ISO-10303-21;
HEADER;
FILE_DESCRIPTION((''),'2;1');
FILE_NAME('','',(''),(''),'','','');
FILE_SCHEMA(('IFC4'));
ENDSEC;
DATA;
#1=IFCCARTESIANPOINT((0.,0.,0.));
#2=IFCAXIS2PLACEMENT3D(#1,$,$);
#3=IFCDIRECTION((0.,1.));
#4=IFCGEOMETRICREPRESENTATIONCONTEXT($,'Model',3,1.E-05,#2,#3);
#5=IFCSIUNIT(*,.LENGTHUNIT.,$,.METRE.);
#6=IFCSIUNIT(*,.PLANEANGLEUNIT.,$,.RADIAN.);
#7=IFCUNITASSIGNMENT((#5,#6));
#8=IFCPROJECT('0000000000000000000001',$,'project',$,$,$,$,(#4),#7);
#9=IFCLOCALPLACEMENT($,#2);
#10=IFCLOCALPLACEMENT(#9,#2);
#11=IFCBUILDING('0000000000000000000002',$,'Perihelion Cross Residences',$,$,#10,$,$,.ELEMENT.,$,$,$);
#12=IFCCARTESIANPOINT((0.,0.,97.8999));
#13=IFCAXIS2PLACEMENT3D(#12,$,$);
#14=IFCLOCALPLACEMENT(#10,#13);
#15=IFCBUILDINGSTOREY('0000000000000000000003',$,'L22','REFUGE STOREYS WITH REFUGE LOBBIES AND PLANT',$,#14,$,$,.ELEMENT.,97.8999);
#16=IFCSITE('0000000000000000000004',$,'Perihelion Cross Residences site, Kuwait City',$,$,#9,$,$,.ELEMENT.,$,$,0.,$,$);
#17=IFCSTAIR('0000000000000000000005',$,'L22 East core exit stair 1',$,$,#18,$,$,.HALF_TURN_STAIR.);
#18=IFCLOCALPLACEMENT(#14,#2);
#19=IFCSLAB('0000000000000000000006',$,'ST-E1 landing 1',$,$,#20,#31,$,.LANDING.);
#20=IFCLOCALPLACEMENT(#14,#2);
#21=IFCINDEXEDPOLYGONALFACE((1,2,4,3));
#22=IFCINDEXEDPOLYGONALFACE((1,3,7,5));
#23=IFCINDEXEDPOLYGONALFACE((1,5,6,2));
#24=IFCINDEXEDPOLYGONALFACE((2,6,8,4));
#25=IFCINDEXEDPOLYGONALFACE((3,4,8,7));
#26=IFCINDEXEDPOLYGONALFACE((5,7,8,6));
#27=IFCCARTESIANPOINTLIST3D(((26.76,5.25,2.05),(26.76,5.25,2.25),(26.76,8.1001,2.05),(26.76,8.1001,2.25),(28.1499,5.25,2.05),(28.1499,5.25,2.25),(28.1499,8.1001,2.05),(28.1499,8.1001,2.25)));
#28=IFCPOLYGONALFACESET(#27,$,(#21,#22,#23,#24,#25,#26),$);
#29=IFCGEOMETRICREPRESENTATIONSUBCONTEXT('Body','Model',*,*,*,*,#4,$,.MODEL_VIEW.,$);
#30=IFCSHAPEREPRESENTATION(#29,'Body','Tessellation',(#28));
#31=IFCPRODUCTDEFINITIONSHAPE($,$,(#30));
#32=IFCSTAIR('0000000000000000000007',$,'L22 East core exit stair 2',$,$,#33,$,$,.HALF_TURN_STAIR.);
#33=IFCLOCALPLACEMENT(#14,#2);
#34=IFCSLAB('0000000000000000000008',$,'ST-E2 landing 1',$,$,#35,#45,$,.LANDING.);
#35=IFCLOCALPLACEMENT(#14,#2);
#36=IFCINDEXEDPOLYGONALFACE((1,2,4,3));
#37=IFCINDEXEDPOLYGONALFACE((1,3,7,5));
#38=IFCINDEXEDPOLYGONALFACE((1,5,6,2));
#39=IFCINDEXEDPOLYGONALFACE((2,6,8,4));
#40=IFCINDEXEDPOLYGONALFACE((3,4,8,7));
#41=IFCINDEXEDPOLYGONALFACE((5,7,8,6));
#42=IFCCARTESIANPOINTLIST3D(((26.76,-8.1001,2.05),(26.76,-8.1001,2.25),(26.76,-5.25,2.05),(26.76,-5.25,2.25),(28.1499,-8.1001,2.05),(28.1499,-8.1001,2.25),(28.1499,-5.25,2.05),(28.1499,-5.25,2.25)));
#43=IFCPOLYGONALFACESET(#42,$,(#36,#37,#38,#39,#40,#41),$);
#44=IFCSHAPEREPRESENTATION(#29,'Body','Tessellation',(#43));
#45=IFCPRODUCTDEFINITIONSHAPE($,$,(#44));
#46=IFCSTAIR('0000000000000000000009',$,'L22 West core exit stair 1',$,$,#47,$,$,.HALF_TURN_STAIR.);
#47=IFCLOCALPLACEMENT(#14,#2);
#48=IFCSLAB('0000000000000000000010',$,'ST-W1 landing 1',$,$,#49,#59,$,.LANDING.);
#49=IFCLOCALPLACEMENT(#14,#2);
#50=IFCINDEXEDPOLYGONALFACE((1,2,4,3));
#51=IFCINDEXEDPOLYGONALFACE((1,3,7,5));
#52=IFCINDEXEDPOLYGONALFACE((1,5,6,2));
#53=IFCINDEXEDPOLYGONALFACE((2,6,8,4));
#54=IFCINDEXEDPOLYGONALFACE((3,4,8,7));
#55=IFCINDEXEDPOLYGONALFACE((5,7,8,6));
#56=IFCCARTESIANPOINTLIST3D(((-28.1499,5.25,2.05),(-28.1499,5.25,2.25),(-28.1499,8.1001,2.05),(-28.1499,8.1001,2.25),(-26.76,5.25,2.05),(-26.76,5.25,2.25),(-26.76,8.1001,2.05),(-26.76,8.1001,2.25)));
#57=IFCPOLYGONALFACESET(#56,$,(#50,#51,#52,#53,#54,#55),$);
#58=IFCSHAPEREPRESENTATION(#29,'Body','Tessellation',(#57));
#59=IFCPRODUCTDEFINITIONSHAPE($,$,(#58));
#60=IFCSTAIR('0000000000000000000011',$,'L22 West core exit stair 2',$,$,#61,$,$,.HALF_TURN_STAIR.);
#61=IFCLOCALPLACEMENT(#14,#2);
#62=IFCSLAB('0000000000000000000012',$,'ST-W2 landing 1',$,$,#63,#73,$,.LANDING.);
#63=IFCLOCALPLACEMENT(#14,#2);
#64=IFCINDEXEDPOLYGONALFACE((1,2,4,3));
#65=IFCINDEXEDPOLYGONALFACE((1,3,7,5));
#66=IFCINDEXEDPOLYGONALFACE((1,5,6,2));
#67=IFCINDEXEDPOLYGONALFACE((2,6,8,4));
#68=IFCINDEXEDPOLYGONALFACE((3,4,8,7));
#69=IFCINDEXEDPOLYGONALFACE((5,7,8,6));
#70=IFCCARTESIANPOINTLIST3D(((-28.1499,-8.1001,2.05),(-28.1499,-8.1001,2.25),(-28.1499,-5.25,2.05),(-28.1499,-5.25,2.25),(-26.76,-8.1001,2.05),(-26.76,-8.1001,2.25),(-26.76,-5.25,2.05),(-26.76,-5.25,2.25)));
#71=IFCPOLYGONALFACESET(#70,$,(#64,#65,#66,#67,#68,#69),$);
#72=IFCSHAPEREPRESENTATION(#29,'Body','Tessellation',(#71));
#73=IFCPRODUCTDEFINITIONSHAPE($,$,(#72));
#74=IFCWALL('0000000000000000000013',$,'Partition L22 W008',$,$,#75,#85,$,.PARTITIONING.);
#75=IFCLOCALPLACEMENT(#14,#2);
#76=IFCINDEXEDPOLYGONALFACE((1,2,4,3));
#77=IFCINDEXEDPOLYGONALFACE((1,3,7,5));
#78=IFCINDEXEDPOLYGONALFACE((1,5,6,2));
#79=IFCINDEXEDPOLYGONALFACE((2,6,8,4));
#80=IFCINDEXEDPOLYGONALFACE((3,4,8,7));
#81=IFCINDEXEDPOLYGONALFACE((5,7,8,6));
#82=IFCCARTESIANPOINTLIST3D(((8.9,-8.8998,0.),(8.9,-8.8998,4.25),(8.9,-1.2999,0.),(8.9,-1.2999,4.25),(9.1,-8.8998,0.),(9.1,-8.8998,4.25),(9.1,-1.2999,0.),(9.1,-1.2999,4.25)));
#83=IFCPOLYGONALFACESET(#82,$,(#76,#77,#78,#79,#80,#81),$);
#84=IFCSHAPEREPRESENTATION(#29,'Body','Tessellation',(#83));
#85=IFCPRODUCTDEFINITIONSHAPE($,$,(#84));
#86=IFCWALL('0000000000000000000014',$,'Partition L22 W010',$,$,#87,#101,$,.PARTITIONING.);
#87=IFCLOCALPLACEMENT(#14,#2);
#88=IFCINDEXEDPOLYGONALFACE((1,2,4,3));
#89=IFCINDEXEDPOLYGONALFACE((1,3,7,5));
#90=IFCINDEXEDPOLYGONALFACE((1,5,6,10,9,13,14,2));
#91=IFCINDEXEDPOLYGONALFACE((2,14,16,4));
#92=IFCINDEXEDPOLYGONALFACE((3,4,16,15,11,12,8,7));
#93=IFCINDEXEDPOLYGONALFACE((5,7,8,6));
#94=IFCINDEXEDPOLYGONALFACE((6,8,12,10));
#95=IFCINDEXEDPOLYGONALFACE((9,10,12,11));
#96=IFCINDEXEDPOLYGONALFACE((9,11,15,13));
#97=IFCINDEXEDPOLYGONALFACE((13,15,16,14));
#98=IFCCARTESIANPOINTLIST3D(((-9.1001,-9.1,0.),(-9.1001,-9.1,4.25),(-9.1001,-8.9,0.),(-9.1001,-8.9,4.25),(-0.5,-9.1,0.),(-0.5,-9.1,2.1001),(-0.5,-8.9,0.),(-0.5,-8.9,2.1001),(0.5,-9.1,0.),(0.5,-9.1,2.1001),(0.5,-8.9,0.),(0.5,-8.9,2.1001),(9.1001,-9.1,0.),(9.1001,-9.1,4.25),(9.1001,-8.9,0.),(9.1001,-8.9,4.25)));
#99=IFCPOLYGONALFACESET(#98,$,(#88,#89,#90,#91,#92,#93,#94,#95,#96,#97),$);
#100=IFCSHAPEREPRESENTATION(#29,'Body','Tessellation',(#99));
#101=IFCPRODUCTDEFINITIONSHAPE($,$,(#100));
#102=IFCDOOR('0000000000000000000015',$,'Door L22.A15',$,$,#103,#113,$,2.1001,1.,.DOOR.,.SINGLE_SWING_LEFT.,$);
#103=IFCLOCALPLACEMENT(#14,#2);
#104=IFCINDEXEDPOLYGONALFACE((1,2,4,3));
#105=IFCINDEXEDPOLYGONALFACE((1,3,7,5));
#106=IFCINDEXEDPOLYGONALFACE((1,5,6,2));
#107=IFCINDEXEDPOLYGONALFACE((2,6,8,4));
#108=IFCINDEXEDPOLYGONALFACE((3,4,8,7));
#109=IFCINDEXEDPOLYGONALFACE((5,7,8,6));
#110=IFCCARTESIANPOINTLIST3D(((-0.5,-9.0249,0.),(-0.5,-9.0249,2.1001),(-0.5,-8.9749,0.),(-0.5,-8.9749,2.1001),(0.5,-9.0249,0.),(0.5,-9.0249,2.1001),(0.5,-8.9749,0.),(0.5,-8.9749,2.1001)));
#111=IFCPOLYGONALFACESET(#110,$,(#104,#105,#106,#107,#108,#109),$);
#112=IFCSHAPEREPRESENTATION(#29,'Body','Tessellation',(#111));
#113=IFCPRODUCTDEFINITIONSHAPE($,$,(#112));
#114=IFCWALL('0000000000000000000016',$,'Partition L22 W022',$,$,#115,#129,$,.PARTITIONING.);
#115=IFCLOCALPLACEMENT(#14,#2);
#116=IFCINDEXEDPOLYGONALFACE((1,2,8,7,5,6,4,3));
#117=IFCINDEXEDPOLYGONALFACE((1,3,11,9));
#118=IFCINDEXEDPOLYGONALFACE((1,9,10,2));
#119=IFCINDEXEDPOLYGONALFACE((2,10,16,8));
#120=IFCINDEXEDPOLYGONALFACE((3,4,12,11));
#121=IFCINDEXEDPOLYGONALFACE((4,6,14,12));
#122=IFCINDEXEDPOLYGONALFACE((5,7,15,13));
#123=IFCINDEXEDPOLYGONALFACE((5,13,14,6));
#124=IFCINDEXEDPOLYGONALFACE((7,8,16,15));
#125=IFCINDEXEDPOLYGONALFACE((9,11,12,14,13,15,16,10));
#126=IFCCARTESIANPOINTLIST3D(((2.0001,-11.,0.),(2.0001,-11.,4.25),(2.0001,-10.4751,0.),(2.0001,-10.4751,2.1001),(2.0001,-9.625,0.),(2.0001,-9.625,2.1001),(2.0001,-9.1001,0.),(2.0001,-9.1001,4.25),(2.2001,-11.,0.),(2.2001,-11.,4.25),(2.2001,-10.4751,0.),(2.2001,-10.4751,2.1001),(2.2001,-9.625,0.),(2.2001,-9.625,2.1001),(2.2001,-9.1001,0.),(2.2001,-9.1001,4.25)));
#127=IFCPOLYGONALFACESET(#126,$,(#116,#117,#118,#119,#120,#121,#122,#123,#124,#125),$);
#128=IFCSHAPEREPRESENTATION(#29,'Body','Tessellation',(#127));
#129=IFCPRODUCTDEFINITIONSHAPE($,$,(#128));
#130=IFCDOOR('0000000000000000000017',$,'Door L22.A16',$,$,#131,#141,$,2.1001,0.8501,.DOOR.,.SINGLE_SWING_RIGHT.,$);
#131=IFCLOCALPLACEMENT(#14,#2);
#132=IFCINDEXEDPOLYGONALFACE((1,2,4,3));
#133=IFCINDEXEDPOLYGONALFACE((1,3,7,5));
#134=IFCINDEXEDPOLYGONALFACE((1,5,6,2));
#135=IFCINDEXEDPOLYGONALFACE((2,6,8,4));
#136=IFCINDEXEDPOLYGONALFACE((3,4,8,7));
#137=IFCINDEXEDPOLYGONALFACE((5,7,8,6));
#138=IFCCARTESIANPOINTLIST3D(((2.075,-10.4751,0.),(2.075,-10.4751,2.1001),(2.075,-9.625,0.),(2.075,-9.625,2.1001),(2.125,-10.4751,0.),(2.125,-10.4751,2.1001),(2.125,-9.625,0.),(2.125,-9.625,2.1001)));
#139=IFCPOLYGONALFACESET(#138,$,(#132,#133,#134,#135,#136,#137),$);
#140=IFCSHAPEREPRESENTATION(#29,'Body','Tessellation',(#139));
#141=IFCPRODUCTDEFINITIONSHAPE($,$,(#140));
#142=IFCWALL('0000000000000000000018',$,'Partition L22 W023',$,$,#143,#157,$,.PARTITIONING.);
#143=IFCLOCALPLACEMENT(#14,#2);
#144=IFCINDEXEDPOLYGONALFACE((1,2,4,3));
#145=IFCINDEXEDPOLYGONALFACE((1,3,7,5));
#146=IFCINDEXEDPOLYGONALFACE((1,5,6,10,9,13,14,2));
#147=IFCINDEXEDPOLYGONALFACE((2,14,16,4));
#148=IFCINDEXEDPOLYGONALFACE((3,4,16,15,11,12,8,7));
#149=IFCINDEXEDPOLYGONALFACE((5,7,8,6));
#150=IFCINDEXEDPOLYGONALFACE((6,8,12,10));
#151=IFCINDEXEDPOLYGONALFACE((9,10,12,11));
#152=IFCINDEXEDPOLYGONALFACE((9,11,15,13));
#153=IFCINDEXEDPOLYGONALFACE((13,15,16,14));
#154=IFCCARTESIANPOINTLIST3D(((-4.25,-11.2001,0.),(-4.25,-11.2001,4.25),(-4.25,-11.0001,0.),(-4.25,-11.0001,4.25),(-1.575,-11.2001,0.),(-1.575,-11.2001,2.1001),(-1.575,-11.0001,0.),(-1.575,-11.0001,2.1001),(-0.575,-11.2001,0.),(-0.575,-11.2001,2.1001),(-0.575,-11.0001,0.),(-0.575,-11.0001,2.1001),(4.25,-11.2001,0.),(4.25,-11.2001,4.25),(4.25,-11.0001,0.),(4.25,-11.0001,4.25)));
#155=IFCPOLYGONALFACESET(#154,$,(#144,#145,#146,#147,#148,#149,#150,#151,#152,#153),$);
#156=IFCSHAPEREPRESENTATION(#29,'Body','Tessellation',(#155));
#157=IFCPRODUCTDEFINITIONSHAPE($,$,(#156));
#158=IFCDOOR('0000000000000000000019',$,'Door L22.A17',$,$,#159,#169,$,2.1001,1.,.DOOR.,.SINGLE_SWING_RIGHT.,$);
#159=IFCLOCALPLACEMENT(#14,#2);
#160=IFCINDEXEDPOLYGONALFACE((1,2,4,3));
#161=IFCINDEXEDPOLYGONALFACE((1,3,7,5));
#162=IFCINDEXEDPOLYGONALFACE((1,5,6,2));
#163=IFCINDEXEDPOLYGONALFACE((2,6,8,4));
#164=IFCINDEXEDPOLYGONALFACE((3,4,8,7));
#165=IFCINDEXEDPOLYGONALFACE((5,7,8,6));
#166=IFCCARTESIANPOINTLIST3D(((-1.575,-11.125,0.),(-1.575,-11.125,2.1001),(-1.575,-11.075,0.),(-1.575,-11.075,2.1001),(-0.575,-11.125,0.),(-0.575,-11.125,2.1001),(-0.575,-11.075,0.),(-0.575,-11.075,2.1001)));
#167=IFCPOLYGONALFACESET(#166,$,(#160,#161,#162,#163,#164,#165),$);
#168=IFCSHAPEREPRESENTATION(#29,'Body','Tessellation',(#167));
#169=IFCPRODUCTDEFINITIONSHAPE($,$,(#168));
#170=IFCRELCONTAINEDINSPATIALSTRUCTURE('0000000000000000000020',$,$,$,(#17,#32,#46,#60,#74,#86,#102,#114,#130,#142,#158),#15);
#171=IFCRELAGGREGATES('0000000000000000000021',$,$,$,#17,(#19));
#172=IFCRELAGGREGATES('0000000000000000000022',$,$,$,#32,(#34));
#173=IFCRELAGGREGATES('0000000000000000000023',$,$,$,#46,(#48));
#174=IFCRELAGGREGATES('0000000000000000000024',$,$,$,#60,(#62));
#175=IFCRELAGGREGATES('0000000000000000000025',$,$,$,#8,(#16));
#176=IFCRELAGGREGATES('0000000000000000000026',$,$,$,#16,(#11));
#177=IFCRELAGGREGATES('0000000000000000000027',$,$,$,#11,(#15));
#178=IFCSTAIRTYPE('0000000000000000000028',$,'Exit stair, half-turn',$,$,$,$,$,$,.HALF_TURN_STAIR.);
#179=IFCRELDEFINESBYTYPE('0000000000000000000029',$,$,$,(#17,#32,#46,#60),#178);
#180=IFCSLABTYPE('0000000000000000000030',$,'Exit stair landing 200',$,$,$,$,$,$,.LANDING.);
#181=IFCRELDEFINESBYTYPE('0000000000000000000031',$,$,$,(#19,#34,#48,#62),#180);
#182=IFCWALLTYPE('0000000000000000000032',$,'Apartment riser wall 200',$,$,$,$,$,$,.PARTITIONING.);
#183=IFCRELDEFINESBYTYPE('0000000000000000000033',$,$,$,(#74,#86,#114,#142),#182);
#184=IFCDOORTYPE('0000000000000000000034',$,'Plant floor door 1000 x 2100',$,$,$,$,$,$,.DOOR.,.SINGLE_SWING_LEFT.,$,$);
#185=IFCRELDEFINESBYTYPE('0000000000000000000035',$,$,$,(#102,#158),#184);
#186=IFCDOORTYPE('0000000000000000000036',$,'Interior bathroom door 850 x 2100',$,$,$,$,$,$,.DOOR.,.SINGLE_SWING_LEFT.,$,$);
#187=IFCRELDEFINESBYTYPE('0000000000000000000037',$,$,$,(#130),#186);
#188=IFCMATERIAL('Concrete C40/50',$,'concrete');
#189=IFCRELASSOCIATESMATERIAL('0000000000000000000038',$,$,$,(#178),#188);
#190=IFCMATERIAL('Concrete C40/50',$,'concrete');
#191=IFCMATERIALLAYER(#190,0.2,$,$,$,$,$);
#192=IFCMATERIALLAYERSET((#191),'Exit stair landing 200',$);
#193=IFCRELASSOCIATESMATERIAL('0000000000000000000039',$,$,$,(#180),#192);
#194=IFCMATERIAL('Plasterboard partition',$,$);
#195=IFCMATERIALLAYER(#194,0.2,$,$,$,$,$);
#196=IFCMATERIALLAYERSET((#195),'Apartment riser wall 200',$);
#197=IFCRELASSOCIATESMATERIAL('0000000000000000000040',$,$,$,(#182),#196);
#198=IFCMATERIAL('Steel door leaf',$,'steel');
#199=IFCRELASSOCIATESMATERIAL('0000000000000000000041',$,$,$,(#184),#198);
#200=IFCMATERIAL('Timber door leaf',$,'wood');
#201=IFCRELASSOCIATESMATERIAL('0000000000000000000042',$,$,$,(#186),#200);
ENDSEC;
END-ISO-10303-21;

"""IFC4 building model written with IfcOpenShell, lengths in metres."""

from ifc_helpers import new_model, si_unit, direction, frame, frame_2d, origin, place, context, subcontext, project, spatial, polyline, rectangle, outline, extrude, material, layer, layer_set, type_object, element, fill, aggregate, save


model = new_model("IFC4")

# Units and contexts
model_context = context("Model", 3, precision=1e-05, world=origin(), true_north=direction((0.0, 1.0)))
body_context = subcontext(model_context, "Body", "Model", "MODEL_VIEW")
ifc_project = project(units=[si_unit("LENGTHUNIT", "METRE"), si_unit("PLANEANGLEUNIT", "RADIAN")], contexts=[model_context])

# Site, building, storey
site_placement = place(None, origin())
site = spatial("IfcSite", under=ifc_project, at=site_placement, Name="Perihelion Cross Residences site, Kuwait City", CompositionType="ELEMENT", RefElevation=0.0)
building_placement = place(site_placement, origin())
building = spatial("IfcBuilding", under=site, at=building_placement, Name="Perihelion Cross Residences", CompositionType="ELEMENT")
storey_placement = place(building_placement, frame((0.0, 0.0, 97.8999)))
storey = spatial("IfcBuildingStorey", under=building, at=storey_placement, Name="L22", Description="REFUGE STOREYS WITH REFUGE LOBBIES AND PLANT", CompositionType="ELEMENT", Elevation=97.8999)

# Stairs, slabs
ifc_material_1 = material(Name="Concrete C40/50", Category="concrete")
stair_type = type_object("IfcStairType", Name="Exit stair, half-turn", PredefinedType="HALF_TURN_STAIR", material=ifc_material_1)
stair_1_placement = place(storey_placement, origin())
stair_1 = element("IfcStair", 1, at=stair_1_placement, inside=storey, type_object=stair_type, Name="L22 East core exit stair 1", PredefinedType="HALF_TURN_STAIR")
ifc_material_2 = material(Name="Concrete C40/50", Category="concrete")
ifc_layer_1 = layer(ifc_material_2, 0.2)
ifc_layer_set_1 = layer_set([ifc_layer_1], Name="Exit stair landing 200")
slab_type_1 = type_object("IfcSlabType", Name="Exit stair landing 200", PredefinedType="LANDING", material=ifc_layer_set_1)
slab_1_placement = place(storey_placement, frame((0.0, 0.0, 2.05)))
slab_1 = element("IfcSlab", 2, at=slab_1_placement, type_object=slab_type_1, Name="ST-E1 landing 1", PredefinedType="LANDING", context=body_context, shape_type="SweptSolid", body=[
    extrude(outline(polyline([(26.76, 5.25), (28.1499, 5.25), (28.1499, 8.1001), (26.76, 8.1001), (26.76, 5.25)])), origin(), (0.0, 0.0, 1.0), 0.2),
])
aggregate(stair_1, [slab_1])
stair_2_placement = place(storey_placement, origin())
stair_2 = element("IfcStair", 3, at=stair_2_placement, inside=storey, type_object=stair_type, Name="L22 East core exit stair 2", PredefinedType="HALF_TURN_STAIR")
slab_2_placement = place(storey_placement, frame((0.0, 0.0, 2.05)))
slab_2 = element("IfcSlab", 4, at=slab_2_placement, type_object=slab_type_1, Name="ST-E2 landing 1", PredefinedType="LANDING", context=body_context, shape_type="SweptSolid", body=[
    extrude(outline(polyline([(26.76, -8.1001), (28.1499, -8.1001), (28.1499, -5.25), (26.76, -5.25), (26.76, -8.1001)])), origin(), (0.0, 0.0, 1.0), 0.2),
])
aggregate(stair_2, [slab_2])
stair_3_placement = place(storey_placement, origin())
stair_3 = element("IfcStair", 5, at=stair_3_placement, inside=storey, type_object=stair_type, Name="L22 West core exit stair 1", PredefinedType="HALF_TURN_STAIR")
slab_3_placement = place(storey_placement, frame((0.0, 0.0, 2.05)))
slab_3 = element("IfcSlab", 6, at=slab_3_placement, type_object=slab_type_1, Name="ST-W1 landing 1", PredefinedType="LANDING", context=body_context, shape_type="SweptSolid", body=[
    extrude(outline(polyline([(-26.76, 8.1001), (-28.1499, 8.1001), (-28.1499, 5.25), (-26.76, 5.25), (-26.76, 8.1001)])), origin(), (0.0, 0.0, 1.0), 0.2),
])
aggregate(stair_3, [slab_3])
stair_4_placement = place(storey_placement, origin())
stair_4 = element("IfcStair", 7, at=stair_4_placement, inside=storey, type_object=stair_type, Name="L22 West core exit stair 2", PredefinedType="HALF_TURN_STAIR")
slab_4_placement = place(storey_placement, frame((0.0, 0.0, 2.05)))
slab_4 = element("IfcSlab", 8, at=slab_4_placement, type_object=slab_type_1, Name="ST-W2 landing 1", PredefinedType="LANDING", context=body_context, shape_type="SweptSolid", body=[
    extrude(outline(polyline([(-26.76, -5.25), (-28.1499, -5.25), (-28.1499, -8.1001), (-26.76, -8.1001), (-26.76, -5.25)])), origin(), (0.0, 0.0, 1.0), 0.2),
])
aggregate(stair_4, [slab_4])

# Wall
ifc_material_3 = material(Name="Plasterboard partition")
ifc_layer_2 = layer(ifc_material_3, 0.2)
ifc_layer_set_2 = layer_set([ifc_layer_2], Name="Apartment riser wall 200")
wall_type_1 = type_object("IfcWallType", Name="Apartment riser wall 200", PredefinedType="PARTITIONING", material=ifc_layer_set_2)
wall_1_placement = place(storey_placement, frame((9.0, -1.3, 0.0), z_axis=(0.0, 0.0, 1.0), x_axis=(0.0, -1.0, 0.0)))
element("IfcWall", 9, at=wall_1_placement, inside=storey, type_object=wall_type_1, Name="Partition L22 W008", PredefinedType="PARTITIONING", context=body_context, shape_type="SweptSolid", body=[
    extrude(rectangle(XDim=7.5999, YDim=0.2, at=frame_2d((3.7998, 0.0))), origin(), (0.0, 0.0, 1.0), 4.25),
])

# Walls, openings, doors
wall_2_placement = place(storey_placement, frame((9.1001, -9.0, 0.0), z_axis=(0.0, 0.0, 1.0), x_axis=(-1.0, 0.0, 0.0)))
wall_2 = element("IfcWall", 10, at=wall_2_placement, inside=storey, type_object=wall_type_1, Name="Partition L22 W010", PredefinedType="PARTITIONING", context=body_context, shape_type="SweptSolid", body=[
    extrude(rectangle(XDim=18.2002, YDim=0.2, at=frame_2d((9.1001, 0.0))), origin(), (0.0, 0.0, 1.0), 4.25),
])
opening_1_placement = place(wall_2_placement, frame((8.6001, 0.0, 0.0)))
opening_1 = element("IfcOpeningElement", 11, at=opening_1_placement, cuts=wall_2, PredefinedType="OPENING", context=body_context, shape_type="SweptSolid", body=[
    extrude(rectangle(XDim=1.0, YDim=2.1001, at=frame_2d((0.5, 1.05))), frame((0.0, 0.1099, 0.0), z_axis=(0.0, -1.0, 0.0), x_axis=(1.0, 0.0, 0.0)), (0.0, 0.0, 1.0), 0.22),
])
ifc_material_4 = material(Name="Steel door leaf", Category="steel")
door_type_1 = type_object("IfcDoorType", Name="Plant floor door 1000 x 2100", OperationType="SINGLE_SWING_LEFT", PredefinedType="DOOR", material=ifc_material_4)
door_1_placement = place(opening_1_placement, origin())
door_1 = element("IfcDoor", 12, at=door_1_placement, inside=storey, type_object=door_type_1, Name="Door L22.A15", OperationType="SINGLE_SWING_LEFT", OverallHeight=2.1001, OverallWidth=1.0, PredefinedType="DOOR", context=body_context, shape_type="SweptSolid", body=[
    extrude(rectangle(XDim=1.0, YDim=2.1001, at=frame_2d((0.5, 1.05))), frame((0.0, 0.0249, 0.0), z_axis=(0.0, -1.0, 0.0), x_axis=(1.0, 0.0, 0.0)), (0.0, 0.0, 1.0), 0.05),
])
fill(opening_1, door_1)
wall_3_placement = place(storey_placement, frame((2.1001, -9.1001, 0.0), z_axis=(0.0, 0.0, 1.0), x_axis=(0.0, -1.0, 0.0)))
wall_3 = element("IfcWall", 13, at=wall_3_placement, inside=storey, type_object=wall_type_1, Name="Partition L22 W022", PredefinedType="PARTITIONING", context=body_context, shape_type="SweptSolid", body=[
    extrude(rectangle(XDim=1.8999, YDim=0.2, at=frame_2d((0.95, 0.0))), origin(), (0.0, 0.0, 1.0), 4.25),
])
opening_2_placement = place(wall_3_placement, frame((0.5249, 0.0, 0.0)))
opening_2 = element("IfcOpeningElement", 14, at=opening_2_placement, cuts=wall_3, PredefinedType="OPENING", context=body_context, shape_type="SweptSolid", body=[
    extrude(rectangle(XDim=0.8501, YDim=2.1001, at=frame_2d((0.425, 1.05))), frame((0.0, 0.1099, 0.0), z_axis=(0.0, -1.0, 0.0), x_axis=(1.0, 0.0, 0.0)), (0.0, 0.0, 1.0), 0.22),
])
ifc_material_5 = material(Name="Timber door leaf", Category="wood")
door_type_2 = type_object("IfcDoorType", Name="Interior bathroom door 850 x 2100", OperationType="SINGLE_SWING_LEFT", PredefinedType="DOOR", material=ifc_material_5)
door_2_placement = place(opening_2_placement, origin())
door_2 = element("IfcDoor", 15, at=door_2_placement, inside=storey, type_object=door_type_2, Name="Door L22.A16", OperationType="SINGLE_SWING_RIGHT", OverallHeight=2.1001, OverallWidth=0.8501, PredefinedType="DOOR", context=body_context, shape_type="SweptSolid", body=[
    extrude(rectangle(XDim=0.8501, YDim=2.1001, at=frame_2d((0.425, 1.05))), frame((0.0, 0.0249, 0.0), z_axis=(0.0, -1.0, 0.0), x_axis=(1.0, 0.0, 0.0)), (0.0, 0.0, 1.0), 0.05),
])
fill(opening_2, door_2)
wall_4_placement = place(storey_placement, frame((4.25, -11.1001, 0.0), z_axis=(0.0, 0.0, 1.0), x_axis=(-1.0, 0.0, 0.0)))
wall_4 = element("IfcWall", 16, at=wall_4_placement, inside=storey, type_object=wall_type_1, Name="Partition L22 W023", PredefinedType="PARTITIONING", context=body_context, shape_type="SweptSolid", body=[
    extrude(rectangle(XDim=8.5, YDim=0.2, at=frame_2d((4.25, 0.0))), origin(), (0.0, 0.0, 1.0), 4.25),
])
opening_3_placement = place(wall_4_placement, frame((4.825, 0.0, 0.0)))
opening_3 = element("IfcOpeningElement", 17, at=opening_3_placement, cuts=wall_4, PredefinedType="OPENING", context=body_context, shape_type="SweptSolid", body=[
    extrude(rectangle(XDim=1.0, YDim=2.1001, at=frame_2d((0.5, 1.05))), frame((0.0, 0.1099, 0.0), z_axis=(0.0, -1.0, 0.0), x_axis=(1.0, 0.0, 0.0)), (0.0, 0.0, 1.0), 0.22),
])
door_3_placement = place(opening_3_placement, origin())
door_3 = element("IfcDoor", 18, at=door_3_placement, inside=storey, type_object=door_type_1, Name="Door L22.A17", OperationType="SINGLE_SWING_RIGHT", OverallHeight=2.1001, OverallWidth=1.0, PredefinedType="DOOR", context=body_context, shape_type="SweptSolid", body=[
    extrude(rectangle(XDim=1.0, YDim=2.1001, at=frame_2d((0.5, 1.05))), frame((0.0, 0.0249, 0.0), z_axis=(0.0, -1.0, 0.0), x_axis=(1.0, 0.0, 0.0)), (0.0, 0.0, 1.0), 0.05),
])
fill(opening_3, door_3)

save(model, "model.ifc")
